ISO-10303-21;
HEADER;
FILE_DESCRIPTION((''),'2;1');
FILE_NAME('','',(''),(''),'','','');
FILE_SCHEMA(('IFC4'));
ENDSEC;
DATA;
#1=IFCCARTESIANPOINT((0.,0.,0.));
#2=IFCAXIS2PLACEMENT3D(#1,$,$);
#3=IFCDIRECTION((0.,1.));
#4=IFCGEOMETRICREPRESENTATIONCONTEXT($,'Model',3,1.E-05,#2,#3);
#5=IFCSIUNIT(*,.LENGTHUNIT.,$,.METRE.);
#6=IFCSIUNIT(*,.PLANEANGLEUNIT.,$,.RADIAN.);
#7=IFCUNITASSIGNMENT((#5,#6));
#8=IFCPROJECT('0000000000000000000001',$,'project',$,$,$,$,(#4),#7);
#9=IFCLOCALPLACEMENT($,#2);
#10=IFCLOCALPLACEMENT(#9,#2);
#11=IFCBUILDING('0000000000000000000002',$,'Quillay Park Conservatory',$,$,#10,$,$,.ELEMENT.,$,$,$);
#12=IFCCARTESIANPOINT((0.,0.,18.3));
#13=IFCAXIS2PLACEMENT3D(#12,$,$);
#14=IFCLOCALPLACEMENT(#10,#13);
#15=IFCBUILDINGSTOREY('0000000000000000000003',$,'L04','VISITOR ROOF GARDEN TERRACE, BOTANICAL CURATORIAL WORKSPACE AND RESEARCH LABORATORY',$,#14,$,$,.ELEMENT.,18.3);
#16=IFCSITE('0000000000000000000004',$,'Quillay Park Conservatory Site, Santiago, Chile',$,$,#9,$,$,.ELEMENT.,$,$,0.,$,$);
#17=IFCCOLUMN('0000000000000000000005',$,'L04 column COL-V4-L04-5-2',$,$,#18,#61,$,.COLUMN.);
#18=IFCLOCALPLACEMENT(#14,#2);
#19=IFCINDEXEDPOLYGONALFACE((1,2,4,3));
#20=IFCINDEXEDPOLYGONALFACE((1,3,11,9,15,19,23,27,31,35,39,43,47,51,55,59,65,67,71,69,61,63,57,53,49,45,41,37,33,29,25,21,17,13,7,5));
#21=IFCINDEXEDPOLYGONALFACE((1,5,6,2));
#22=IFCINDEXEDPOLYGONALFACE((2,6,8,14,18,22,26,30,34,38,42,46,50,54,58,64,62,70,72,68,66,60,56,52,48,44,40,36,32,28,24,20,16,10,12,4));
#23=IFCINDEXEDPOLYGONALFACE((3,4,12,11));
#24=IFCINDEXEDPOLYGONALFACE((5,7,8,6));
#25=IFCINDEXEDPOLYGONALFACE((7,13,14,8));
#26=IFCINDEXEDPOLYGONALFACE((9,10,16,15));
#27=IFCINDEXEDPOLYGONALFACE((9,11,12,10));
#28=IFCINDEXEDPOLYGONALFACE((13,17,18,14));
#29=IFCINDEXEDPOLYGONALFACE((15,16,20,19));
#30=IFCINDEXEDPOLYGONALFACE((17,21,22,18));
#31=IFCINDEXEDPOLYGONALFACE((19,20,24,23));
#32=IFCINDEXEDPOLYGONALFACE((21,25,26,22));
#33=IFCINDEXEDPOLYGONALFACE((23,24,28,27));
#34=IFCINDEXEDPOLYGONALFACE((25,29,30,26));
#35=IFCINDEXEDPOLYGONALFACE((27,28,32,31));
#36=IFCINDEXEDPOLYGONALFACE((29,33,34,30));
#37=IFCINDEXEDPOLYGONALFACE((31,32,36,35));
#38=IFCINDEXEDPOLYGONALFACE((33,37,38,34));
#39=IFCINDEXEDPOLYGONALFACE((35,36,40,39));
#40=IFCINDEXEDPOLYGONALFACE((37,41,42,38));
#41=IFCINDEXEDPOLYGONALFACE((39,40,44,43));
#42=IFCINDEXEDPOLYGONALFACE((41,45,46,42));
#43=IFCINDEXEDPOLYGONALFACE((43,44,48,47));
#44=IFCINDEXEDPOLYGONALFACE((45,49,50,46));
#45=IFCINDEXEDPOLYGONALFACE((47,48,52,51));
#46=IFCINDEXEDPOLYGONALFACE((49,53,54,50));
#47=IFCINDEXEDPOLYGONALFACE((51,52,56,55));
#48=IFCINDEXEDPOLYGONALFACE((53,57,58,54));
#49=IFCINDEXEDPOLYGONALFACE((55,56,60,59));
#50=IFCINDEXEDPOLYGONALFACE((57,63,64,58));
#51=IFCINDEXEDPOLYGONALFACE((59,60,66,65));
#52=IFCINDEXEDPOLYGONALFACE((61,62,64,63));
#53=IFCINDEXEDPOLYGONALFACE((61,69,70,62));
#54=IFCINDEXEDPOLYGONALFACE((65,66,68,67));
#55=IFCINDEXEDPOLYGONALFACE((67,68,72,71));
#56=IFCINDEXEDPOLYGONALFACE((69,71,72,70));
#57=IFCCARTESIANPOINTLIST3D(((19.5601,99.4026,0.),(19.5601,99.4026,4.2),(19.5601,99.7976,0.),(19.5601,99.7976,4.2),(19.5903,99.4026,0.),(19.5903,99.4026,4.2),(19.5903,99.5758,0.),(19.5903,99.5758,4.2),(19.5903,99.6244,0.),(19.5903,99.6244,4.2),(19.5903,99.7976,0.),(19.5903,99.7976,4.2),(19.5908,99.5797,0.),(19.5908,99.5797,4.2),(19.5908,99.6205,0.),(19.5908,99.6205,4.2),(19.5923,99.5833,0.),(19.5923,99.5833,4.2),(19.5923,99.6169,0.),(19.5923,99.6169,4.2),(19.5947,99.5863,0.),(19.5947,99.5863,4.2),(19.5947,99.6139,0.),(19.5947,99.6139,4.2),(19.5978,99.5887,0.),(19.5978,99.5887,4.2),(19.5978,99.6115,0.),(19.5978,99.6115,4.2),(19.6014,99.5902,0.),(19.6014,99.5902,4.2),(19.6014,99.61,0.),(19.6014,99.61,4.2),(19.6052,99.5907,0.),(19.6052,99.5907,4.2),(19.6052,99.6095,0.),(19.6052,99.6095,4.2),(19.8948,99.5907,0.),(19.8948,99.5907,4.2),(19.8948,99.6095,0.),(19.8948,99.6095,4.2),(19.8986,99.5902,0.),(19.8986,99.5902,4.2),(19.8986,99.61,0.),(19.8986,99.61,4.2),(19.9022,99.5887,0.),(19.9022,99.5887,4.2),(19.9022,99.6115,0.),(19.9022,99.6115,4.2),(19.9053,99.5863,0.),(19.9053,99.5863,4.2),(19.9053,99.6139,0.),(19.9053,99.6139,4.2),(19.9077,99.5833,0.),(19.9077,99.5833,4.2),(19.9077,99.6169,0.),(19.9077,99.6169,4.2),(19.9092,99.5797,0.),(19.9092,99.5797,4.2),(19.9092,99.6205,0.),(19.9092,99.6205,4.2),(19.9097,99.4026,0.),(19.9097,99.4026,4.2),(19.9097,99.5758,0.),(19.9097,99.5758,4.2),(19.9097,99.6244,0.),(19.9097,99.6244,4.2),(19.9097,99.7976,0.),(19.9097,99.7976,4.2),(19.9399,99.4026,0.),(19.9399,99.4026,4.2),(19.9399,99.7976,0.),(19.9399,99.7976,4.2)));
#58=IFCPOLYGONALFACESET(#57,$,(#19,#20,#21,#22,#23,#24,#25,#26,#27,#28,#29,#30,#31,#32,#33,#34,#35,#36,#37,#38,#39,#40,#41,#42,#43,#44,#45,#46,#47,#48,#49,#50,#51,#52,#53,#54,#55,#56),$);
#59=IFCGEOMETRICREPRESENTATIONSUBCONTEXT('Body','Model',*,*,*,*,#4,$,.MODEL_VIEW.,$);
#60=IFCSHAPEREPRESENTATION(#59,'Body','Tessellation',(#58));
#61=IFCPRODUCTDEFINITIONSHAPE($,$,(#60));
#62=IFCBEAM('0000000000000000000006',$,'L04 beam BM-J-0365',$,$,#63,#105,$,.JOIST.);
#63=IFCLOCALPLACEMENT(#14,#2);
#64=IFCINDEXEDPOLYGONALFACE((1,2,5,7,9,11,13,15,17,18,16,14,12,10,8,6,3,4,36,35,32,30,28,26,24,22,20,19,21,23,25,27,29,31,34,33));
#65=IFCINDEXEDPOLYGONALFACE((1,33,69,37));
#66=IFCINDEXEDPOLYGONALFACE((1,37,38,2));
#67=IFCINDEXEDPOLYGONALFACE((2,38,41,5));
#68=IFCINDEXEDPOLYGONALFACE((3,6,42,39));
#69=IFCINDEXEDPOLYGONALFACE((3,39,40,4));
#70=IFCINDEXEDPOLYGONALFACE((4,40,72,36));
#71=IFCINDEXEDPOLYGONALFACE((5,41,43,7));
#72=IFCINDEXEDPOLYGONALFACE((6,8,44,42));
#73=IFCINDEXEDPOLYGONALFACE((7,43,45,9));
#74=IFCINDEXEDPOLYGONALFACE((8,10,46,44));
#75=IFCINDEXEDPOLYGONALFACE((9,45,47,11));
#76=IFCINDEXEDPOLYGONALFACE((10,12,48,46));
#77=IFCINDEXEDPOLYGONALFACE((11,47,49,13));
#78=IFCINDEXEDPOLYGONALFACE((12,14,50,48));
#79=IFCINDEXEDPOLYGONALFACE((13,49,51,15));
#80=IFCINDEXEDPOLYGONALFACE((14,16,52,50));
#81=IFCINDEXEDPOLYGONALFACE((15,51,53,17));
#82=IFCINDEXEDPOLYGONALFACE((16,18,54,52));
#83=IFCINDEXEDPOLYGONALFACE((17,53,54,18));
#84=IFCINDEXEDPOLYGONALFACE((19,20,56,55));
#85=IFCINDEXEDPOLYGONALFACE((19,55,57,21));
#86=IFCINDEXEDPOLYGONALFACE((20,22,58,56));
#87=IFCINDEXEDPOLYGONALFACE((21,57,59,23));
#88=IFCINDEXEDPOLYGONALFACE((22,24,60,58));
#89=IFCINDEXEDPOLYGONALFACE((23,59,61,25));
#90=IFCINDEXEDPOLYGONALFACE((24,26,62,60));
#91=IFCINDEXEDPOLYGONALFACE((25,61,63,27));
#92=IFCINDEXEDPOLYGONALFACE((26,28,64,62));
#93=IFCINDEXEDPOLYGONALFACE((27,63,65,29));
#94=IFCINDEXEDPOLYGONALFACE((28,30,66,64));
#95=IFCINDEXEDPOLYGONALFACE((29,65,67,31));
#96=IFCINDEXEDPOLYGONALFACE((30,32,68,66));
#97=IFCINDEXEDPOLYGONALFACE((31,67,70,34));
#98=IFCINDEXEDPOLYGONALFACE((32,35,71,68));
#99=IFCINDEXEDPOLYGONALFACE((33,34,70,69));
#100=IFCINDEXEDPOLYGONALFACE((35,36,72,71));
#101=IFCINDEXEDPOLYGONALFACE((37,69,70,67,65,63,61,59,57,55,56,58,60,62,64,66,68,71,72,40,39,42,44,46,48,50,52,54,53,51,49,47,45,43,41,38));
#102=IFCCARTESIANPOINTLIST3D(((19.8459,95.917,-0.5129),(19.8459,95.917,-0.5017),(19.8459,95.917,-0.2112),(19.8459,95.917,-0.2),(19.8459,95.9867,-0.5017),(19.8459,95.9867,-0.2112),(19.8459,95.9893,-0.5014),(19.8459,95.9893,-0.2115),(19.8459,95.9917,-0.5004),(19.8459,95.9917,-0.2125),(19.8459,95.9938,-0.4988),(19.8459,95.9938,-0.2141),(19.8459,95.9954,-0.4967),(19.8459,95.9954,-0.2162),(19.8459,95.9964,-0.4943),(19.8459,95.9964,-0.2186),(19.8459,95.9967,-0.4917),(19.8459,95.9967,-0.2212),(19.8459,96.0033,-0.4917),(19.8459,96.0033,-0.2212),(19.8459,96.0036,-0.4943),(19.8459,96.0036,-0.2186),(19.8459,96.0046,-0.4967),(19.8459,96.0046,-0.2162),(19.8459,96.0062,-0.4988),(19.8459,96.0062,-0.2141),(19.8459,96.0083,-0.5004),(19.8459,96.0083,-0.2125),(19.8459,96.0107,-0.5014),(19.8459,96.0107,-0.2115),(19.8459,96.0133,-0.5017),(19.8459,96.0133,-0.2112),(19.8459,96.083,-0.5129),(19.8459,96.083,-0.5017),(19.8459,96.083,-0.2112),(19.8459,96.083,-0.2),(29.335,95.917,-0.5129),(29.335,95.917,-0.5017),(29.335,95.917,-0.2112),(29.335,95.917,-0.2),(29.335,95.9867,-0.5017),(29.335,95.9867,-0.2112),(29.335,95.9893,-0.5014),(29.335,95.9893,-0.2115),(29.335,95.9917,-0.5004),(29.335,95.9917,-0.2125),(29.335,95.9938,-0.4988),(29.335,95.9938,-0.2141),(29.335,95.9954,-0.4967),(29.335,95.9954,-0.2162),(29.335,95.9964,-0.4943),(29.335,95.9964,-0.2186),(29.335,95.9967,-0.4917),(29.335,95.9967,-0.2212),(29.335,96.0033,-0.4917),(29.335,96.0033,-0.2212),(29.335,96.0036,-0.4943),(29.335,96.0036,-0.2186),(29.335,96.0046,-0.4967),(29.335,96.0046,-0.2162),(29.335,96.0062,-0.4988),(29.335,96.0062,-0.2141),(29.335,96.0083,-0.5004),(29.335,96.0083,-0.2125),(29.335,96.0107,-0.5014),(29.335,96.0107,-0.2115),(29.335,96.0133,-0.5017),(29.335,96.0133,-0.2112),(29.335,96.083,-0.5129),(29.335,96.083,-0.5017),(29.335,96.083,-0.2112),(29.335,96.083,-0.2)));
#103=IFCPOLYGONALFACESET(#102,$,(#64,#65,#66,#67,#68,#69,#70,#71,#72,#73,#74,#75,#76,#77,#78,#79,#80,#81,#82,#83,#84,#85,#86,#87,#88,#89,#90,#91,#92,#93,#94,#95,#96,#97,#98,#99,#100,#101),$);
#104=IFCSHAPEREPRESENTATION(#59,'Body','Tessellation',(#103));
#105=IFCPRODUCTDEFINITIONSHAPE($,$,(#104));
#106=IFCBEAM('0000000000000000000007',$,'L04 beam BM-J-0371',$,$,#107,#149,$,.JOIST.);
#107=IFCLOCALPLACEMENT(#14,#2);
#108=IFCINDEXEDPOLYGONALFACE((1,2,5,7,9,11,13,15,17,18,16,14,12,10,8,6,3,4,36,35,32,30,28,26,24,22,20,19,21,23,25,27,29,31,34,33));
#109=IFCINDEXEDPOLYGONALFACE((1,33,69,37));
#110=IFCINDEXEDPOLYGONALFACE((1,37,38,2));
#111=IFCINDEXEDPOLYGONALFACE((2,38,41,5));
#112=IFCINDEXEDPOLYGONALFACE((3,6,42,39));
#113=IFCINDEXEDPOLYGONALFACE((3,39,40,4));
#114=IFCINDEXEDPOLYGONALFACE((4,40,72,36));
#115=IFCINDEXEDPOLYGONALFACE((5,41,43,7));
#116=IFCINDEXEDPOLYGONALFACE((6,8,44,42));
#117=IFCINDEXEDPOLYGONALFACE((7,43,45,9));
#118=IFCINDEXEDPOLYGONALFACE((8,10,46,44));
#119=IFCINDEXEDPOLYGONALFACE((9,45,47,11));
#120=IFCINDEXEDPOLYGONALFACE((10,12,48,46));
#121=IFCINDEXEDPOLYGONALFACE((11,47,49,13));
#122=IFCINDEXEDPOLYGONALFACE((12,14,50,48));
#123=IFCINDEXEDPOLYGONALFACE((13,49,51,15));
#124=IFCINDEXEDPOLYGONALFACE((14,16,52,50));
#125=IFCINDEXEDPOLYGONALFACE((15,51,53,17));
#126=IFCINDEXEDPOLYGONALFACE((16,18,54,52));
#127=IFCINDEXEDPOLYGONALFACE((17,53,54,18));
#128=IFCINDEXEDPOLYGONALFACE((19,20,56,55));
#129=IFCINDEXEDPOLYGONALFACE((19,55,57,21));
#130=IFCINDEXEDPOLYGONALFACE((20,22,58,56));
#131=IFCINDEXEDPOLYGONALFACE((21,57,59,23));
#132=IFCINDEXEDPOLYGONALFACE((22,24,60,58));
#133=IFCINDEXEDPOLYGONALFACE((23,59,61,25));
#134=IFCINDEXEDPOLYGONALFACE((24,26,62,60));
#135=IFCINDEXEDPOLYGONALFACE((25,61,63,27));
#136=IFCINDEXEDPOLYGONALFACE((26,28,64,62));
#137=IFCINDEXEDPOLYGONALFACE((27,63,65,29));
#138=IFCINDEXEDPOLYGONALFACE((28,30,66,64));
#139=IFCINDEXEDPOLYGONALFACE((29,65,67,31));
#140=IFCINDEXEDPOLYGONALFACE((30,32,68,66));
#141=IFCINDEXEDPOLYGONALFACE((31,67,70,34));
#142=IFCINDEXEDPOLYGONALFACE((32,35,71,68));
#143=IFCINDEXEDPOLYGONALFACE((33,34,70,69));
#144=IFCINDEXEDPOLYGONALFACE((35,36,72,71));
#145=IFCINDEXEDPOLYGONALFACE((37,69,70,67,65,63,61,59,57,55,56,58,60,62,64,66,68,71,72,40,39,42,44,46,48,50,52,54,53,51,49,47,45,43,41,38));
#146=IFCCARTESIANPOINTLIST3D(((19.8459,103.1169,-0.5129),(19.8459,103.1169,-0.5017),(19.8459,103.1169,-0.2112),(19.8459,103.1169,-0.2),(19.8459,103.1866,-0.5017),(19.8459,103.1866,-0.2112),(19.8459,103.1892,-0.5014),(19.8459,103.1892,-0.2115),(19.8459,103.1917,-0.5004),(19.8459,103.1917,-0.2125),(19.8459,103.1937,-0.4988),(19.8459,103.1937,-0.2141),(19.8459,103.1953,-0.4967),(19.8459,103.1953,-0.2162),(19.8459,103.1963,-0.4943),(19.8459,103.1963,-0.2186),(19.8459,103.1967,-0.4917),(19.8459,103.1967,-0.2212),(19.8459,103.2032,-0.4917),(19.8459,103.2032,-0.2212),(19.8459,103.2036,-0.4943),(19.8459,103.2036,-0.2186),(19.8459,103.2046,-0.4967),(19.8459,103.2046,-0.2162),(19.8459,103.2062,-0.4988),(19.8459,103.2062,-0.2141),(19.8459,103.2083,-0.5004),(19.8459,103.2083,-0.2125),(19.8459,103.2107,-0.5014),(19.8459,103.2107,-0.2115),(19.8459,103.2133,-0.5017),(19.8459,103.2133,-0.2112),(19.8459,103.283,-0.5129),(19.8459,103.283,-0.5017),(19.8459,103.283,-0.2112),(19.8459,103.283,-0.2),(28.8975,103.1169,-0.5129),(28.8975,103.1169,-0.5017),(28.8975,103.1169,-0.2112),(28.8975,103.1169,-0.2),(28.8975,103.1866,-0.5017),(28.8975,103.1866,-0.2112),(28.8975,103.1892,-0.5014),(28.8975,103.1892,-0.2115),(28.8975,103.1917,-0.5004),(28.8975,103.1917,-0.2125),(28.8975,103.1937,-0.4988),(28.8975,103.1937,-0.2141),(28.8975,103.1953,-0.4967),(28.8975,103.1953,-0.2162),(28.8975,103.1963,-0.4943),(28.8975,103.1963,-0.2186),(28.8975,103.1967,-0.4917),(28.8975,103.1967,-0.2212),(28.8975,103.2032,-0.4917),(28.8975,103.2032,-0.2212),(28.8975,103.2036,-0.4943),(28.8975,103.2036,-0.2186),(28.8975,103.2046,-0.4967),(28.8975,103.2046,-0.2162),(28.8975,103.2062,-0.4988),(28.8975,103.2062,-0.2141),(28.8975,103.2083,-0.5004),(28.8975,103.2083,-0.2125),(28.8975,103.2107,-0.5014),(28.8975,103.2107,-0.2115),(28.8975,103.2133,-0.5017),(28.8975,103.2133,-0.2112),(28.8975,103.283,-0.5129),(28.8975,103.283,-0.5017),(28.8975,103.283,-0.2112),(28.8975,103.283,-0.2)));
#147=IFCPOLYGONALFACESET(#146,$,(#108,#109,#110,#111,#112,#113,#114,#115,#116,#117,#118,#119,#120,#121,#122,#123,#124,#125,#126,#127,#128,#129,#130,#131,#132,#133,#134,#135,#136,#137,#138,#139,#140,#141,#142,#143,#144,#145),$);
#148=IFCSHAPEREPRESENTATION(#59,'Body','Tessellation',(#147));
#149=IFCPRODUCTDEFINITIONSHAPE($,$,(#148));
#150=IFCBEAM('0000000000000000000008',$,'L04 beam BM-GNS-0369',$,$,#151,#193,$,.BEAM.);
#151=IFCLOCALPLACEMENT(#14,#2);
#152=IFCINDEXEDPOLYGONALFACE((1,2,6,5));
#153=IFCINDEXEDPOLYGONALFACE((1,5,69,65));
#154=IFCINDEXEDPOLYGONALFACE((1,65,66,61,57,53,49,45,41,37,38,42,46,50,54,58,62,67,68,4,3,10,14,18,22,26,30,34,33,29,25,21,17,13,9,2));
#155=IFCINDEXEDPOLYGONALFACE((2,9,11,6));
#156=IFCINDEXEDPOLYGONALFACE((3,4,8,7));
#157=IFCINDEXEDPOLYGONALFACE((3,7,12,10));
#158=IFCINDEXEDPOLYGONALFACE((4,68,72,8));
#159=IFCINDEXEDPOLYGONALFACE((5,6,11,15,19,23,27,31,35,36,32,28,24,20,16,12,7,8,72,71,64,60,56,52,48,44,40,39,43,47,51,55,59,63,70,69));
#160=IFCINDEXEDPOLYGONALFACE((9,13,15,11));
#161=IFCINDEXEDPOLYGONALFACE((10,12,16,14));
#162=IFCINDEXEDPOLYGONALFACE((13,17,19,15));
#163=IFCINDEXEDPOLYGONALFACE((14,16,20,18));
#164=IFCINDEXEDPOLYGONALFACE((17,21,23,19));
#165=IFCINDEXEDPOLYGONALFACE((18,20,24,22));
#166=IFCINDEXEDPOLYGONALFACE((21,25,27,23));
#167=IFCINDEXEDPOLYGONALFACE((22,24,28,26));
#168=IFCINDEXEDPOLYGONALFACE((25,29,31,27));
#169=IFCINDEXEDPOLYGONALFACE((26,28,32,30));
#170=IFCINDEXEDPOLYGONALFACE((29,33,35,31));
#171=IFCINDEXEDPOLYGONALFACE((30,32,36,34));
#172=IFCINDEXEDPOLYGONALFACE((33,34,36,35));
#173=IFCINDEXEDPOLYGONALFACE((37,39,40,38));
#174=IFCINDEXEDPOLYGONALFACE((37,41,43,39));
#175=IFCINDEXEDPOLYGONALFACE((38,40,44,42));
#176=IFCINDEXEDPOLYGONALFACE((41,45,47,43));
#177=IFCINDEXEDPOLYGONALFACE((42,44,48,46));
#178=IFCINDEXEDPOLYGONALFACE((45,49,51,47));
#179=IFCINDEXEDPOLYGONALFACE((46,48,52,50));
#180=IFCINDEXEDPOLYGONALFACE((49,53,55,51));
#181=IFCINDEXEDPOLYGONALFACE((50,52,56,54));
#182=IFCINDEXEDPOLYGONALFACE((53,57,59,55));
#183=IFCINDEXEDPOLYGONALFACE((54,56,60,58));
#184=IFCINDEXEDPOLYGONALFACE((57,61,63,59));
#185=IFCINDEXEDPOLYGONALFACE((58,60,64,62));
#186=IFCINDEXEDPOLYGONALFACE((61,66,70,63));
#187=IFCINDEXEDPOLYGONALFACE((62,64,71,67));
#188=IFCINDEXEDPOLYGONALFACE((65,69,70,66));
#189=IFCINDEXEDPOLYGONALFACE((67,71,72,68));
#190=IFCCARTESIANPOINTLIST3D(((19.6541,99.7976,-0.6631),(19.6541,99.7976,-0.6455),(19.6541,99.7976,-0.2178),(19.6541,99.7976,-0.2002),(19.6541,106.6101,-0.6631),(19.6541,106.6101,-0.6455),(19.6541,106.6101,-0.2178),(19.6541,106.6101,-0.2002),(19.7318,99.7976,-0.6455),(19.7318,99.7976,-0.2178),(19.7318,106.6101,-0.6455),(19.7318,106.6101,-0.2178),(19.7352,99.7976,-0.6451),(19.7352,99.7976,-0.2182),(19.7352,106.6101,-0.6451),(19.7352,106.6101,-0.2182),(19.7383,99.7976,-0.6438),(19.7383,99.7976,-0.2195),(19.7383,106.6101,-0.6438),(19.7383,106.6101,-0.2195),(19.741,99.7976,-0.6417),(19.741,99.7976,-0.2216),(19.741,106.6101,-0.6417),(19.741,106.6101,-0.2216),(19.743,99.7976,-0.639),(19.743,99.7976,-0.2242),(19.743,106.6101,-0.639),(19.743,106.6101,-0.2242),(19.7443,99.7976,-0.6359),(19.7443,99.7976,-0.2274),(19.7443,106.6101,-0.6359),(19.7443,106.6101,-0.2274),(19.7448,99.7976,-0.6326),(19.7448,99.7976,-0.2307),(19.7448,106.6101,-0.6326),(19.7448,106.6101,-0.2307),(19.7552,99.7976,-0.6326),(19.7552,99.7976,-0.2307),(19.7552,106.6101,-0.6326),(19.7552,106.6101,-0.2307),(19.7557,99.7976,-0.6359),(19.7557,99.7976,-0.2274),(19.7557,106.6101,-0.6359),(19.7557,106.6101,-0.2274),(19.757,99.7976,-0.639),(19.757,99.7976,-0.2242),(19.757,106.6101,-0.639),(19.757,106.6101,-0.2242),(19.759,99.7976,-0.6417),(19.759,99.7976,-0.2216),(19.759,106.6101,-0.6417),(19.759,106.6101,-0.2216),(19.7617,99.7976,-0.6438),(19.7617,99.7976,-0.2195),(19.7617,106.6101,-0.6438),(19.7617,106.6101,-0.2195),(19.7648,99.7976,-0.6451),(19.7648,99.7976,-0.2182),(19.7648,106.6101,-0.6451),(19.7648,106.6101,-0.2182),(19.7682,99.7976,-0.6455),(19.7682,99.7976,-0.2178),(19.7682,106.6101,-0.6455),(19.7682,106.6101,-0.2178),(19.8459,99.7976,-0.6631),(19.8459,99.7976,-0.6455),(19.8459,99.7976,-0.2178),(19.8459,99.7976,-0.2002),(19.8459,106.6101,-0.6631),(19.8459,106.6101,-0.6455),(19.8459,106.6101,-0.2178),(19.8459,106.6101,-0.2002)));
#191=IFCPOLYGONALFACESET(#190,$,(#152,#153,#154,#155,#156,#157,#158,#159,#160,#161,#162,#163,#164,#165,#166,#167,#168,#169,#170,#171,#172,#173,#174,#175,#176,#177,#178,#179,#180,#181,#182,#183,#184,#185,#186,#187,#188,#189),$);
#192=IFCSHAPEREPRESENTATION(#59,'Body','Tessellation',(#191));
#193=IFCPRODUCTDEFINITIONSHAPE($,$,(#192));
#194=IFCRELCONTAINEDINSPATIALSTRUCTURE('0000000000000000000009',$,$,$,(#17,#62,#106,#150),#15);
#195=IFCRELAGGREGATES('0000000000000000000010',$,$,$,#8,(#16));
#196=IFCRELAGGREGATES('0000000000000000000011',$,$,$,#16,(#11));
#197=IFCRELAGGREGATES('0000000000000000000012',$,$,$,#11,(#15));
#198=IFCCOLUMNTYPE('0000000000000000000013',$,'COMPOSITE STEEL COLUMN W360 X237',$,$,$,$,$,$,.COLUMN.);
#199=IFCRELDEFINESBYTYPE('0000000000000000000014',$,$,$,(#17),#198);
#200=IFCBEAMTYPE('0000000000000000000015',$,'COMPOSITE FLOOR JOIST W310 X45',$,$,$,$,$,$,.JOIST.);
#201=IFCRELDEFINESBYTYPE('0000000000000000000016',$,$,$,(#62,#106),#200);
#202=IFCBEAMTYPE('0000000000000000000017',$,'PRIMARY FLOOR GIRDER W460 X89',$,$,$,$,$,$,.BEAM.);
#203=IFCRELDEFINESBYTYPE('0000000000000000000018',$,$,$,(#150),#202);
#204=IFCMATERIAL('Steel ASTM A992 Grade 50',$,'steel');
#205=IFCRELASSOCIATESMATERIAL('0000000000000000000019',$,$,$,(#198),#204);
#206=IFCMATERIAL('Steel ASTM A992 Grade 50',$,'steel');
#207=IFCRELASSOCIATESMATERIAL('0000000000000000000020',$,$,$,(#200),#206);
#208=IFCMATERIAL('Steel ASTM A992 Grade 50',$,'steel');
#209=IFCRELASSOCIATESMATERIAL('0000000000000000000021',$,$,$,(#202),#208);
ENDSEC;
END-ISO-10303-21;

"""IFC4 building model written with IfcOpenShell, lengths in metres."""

from ifc_helpers import new_model, si_unit, direction, frame, origin, origin_2d, place, context, subcontext, project, spatial, i_section, extrude, material, material_profile, profile_set, type_object, element, save


model = new_model("IFC4")

# Units and contexts
model_context = context("Model", 3, precision=1e-05, world=origin(), true_north=direction((0.0, 1.0)))
body_context = subcontext(model_context, "Body", "Model", "MODEL_VIEW")
ifc_project = project(units=[si_unit("LENGTHUNIT", "METRE"), si_unit("PLANEANGLEUNIT", "RADIAN")], contexts=[model_context])

# Site, building, storey
site_placement = place(None, origin())
site = spatial("IfcSite", under=ifc_project, at=site_placement, Name="Quillay Park Conservatory Site, Santiago, Chile", CompositionType="ELEMENT", RefElevation=0.0)
building_placement = place(site_placement, origin())
building = spatial("IfcBuilding", under=site, at=building_placement, Name="Quillay Park Conservatory", CompositionType="ELEMENT")
storey_placement = place(building_placement, frame((0.0, 0.0, 18.3)))
storey = spatial("IfcBuildingStorey", under=building, at=storey_placement, Name="L04", Description="VISITOR ROOF GARDEN TERRACE, BOTANICAL CURATORIAL WORKSPACE AND RESEARCH LABORATORY", CompositionType="ELEMENT", Elevation=18.3)

# Column
ifc_material_1 = material(Name="Steel ASTM A992 Grade 50", Category="steel")
ifc_material_profile_1 = material_profile(ifc_material_1, i_section(OverallWidth=0.395, OverallDepth=0.3799, WebThickness=0.0188, FlangeThickness=0.0303, FilletRadius=0.0149, at=origin_2d()), Name="W360x237")
ifc_profile_set_1 = profile_set([ifc_material_profile_1], Name="Steel ASTM A992 Grade 50")
column_type = type_object("IfcColumnType", Name="COMPOSITE STEEL COLUMN W360 X237", PredefinedType="COLUMN", material=ifc_profile_set_1)
column_placement = place(storey_placement, frame((19.75, 99.6001, 0.0), z_axis=(0.0, 0.0, 1.0), x_axis=(0.0, 1.0, 0.0)))
element("IfcColumn", 1, at=column_placement, inside=storey, type_object=column_type, Name="L04 column COL-V4-L04-5-2", PredefinedType="COLUMN", context=body_context, shape_type="SweptSolid", body=[
    extrude(i_section(OverallWidth=0.395, OverallDepth=0.3799, WebThickness=0.0188, FlangeThickness=0.0303, FilletRadius=0.0149, at=origin_2d()), origin(), (0.0, 0.0, 1.0), 4.2),
])

# Beams
ifc_material_2 = material(Name="Steel ASTM A992 Grade 50", Category="steel")
ifc_material_profile_2 = material_profile(ifc_material_2, i_section(OverallWidth=0.166, OverallDepth=0.313, WebThickness=0.0066, FlangeThickness=0.0112, FilletRadius=0.01, at=origin_2d()), Name="W310x45")
ifc_profile_set_2 = profile_set([ifc_material_profile_2], Name="Steel ASTM A992 Grade 50")
beam_type_1 = type_object("IfcBeamType", Name="COMPOSITE FLOOR JOIST W310 X45", PredefinedType="JOIST", material=ifc_profile_set_2)
beam_1_placement = place(storey_placement, frame((19.8459, 96.0, -0.3564), z_axis=(1.0, 0.0, 0.0), x_axis=(0.0, 1.0, 0.0)))
element("IfcBeam", 2, at=beam_1_placement, inside=storey, type_object=beam_type_1, Name="L04 beam BM-J-0365", PredefinedType="JOIST", context=body_context, shape_type="SweptSolid", body=[
    extrude(i_section(OverallWidth=0.166, OverallDepth=0.313, WebThickness=0.0066, FlangeThickness=0.0112, FilletRadius=0.01, at=origin_2d()), origin(), (0.0, 0.0, 1.0), 9.489),
])
beam_2_placement = place(storey_placement, frame((19.8459, 103.2, -0.3564), z_axis=(1.0, 0.0, 0.0), x_axis=(0.0, 1.0, 0.0)))
element("IfcBeam", 3, at=beam_2_placement, inside=storey, type_object=beam_type_1, Name="L04 beam BM-J-0371", PredefinedType="JOIST", context=body_context, shape_type="SweptSolid", body=[
    extrude(i_section(OverallWidth=0.166, OverallDepth=0.313, WebThickness=0.0066, FlangeThickness=0.0112, FilletRadius=0.01, at=origin_2d()), origin(), (0.0, 0.0, 1.0), 9.0515),
])
ifc_material_3 = material(Name="Steel ASTM A992 Grade 50", Category="steel")
ifc_material_profile_3 = material_profile(ifc_material_3, i_section(OverallWidth=0.1919, OverallDepth=0.4629, WebThickness=0.0105, FlangeThickness=0.0176, FilletRadius=0.0129, at=origin_2d()), Name="W460x89")
ifc_profile_set_3 = profile_set([ifc_material_profile_3], Name="Steel ASTM A992 Grade 50")
beam_type_2 = type_object("IfcBeamType", Name="PRIMARY FLOOR GIRDER W460 X89", PredefinedType="BEAM", material=ifc_profile_set_3)
beam_3_placement = place(storey_placement, frame((19.75, 99.7976, -0.4316), z_axis=(0.0, 1.0, 0.0), x_axis=(-1.0, 0.0, 0.0)))
element("IfcBeam", 4, at=beam_3_placement, inside=storey, type_object=beam_type_2, Name="L04 beam BM-GNS-0369", PredefinedType="BEAM", context=body_context, shape_type="SweptSolid", body=[
    extrude(i_section(OverallWidth=0.1919, OverallDepth=0.4629, WebThickness=0.0105, FlangeThickness=0.0176, FilletRadius=0.0129, at=origin_2d()), origin(), (0.0, 0.0, 1.0), 6.8125),
])

save(model, "model.ifc")
